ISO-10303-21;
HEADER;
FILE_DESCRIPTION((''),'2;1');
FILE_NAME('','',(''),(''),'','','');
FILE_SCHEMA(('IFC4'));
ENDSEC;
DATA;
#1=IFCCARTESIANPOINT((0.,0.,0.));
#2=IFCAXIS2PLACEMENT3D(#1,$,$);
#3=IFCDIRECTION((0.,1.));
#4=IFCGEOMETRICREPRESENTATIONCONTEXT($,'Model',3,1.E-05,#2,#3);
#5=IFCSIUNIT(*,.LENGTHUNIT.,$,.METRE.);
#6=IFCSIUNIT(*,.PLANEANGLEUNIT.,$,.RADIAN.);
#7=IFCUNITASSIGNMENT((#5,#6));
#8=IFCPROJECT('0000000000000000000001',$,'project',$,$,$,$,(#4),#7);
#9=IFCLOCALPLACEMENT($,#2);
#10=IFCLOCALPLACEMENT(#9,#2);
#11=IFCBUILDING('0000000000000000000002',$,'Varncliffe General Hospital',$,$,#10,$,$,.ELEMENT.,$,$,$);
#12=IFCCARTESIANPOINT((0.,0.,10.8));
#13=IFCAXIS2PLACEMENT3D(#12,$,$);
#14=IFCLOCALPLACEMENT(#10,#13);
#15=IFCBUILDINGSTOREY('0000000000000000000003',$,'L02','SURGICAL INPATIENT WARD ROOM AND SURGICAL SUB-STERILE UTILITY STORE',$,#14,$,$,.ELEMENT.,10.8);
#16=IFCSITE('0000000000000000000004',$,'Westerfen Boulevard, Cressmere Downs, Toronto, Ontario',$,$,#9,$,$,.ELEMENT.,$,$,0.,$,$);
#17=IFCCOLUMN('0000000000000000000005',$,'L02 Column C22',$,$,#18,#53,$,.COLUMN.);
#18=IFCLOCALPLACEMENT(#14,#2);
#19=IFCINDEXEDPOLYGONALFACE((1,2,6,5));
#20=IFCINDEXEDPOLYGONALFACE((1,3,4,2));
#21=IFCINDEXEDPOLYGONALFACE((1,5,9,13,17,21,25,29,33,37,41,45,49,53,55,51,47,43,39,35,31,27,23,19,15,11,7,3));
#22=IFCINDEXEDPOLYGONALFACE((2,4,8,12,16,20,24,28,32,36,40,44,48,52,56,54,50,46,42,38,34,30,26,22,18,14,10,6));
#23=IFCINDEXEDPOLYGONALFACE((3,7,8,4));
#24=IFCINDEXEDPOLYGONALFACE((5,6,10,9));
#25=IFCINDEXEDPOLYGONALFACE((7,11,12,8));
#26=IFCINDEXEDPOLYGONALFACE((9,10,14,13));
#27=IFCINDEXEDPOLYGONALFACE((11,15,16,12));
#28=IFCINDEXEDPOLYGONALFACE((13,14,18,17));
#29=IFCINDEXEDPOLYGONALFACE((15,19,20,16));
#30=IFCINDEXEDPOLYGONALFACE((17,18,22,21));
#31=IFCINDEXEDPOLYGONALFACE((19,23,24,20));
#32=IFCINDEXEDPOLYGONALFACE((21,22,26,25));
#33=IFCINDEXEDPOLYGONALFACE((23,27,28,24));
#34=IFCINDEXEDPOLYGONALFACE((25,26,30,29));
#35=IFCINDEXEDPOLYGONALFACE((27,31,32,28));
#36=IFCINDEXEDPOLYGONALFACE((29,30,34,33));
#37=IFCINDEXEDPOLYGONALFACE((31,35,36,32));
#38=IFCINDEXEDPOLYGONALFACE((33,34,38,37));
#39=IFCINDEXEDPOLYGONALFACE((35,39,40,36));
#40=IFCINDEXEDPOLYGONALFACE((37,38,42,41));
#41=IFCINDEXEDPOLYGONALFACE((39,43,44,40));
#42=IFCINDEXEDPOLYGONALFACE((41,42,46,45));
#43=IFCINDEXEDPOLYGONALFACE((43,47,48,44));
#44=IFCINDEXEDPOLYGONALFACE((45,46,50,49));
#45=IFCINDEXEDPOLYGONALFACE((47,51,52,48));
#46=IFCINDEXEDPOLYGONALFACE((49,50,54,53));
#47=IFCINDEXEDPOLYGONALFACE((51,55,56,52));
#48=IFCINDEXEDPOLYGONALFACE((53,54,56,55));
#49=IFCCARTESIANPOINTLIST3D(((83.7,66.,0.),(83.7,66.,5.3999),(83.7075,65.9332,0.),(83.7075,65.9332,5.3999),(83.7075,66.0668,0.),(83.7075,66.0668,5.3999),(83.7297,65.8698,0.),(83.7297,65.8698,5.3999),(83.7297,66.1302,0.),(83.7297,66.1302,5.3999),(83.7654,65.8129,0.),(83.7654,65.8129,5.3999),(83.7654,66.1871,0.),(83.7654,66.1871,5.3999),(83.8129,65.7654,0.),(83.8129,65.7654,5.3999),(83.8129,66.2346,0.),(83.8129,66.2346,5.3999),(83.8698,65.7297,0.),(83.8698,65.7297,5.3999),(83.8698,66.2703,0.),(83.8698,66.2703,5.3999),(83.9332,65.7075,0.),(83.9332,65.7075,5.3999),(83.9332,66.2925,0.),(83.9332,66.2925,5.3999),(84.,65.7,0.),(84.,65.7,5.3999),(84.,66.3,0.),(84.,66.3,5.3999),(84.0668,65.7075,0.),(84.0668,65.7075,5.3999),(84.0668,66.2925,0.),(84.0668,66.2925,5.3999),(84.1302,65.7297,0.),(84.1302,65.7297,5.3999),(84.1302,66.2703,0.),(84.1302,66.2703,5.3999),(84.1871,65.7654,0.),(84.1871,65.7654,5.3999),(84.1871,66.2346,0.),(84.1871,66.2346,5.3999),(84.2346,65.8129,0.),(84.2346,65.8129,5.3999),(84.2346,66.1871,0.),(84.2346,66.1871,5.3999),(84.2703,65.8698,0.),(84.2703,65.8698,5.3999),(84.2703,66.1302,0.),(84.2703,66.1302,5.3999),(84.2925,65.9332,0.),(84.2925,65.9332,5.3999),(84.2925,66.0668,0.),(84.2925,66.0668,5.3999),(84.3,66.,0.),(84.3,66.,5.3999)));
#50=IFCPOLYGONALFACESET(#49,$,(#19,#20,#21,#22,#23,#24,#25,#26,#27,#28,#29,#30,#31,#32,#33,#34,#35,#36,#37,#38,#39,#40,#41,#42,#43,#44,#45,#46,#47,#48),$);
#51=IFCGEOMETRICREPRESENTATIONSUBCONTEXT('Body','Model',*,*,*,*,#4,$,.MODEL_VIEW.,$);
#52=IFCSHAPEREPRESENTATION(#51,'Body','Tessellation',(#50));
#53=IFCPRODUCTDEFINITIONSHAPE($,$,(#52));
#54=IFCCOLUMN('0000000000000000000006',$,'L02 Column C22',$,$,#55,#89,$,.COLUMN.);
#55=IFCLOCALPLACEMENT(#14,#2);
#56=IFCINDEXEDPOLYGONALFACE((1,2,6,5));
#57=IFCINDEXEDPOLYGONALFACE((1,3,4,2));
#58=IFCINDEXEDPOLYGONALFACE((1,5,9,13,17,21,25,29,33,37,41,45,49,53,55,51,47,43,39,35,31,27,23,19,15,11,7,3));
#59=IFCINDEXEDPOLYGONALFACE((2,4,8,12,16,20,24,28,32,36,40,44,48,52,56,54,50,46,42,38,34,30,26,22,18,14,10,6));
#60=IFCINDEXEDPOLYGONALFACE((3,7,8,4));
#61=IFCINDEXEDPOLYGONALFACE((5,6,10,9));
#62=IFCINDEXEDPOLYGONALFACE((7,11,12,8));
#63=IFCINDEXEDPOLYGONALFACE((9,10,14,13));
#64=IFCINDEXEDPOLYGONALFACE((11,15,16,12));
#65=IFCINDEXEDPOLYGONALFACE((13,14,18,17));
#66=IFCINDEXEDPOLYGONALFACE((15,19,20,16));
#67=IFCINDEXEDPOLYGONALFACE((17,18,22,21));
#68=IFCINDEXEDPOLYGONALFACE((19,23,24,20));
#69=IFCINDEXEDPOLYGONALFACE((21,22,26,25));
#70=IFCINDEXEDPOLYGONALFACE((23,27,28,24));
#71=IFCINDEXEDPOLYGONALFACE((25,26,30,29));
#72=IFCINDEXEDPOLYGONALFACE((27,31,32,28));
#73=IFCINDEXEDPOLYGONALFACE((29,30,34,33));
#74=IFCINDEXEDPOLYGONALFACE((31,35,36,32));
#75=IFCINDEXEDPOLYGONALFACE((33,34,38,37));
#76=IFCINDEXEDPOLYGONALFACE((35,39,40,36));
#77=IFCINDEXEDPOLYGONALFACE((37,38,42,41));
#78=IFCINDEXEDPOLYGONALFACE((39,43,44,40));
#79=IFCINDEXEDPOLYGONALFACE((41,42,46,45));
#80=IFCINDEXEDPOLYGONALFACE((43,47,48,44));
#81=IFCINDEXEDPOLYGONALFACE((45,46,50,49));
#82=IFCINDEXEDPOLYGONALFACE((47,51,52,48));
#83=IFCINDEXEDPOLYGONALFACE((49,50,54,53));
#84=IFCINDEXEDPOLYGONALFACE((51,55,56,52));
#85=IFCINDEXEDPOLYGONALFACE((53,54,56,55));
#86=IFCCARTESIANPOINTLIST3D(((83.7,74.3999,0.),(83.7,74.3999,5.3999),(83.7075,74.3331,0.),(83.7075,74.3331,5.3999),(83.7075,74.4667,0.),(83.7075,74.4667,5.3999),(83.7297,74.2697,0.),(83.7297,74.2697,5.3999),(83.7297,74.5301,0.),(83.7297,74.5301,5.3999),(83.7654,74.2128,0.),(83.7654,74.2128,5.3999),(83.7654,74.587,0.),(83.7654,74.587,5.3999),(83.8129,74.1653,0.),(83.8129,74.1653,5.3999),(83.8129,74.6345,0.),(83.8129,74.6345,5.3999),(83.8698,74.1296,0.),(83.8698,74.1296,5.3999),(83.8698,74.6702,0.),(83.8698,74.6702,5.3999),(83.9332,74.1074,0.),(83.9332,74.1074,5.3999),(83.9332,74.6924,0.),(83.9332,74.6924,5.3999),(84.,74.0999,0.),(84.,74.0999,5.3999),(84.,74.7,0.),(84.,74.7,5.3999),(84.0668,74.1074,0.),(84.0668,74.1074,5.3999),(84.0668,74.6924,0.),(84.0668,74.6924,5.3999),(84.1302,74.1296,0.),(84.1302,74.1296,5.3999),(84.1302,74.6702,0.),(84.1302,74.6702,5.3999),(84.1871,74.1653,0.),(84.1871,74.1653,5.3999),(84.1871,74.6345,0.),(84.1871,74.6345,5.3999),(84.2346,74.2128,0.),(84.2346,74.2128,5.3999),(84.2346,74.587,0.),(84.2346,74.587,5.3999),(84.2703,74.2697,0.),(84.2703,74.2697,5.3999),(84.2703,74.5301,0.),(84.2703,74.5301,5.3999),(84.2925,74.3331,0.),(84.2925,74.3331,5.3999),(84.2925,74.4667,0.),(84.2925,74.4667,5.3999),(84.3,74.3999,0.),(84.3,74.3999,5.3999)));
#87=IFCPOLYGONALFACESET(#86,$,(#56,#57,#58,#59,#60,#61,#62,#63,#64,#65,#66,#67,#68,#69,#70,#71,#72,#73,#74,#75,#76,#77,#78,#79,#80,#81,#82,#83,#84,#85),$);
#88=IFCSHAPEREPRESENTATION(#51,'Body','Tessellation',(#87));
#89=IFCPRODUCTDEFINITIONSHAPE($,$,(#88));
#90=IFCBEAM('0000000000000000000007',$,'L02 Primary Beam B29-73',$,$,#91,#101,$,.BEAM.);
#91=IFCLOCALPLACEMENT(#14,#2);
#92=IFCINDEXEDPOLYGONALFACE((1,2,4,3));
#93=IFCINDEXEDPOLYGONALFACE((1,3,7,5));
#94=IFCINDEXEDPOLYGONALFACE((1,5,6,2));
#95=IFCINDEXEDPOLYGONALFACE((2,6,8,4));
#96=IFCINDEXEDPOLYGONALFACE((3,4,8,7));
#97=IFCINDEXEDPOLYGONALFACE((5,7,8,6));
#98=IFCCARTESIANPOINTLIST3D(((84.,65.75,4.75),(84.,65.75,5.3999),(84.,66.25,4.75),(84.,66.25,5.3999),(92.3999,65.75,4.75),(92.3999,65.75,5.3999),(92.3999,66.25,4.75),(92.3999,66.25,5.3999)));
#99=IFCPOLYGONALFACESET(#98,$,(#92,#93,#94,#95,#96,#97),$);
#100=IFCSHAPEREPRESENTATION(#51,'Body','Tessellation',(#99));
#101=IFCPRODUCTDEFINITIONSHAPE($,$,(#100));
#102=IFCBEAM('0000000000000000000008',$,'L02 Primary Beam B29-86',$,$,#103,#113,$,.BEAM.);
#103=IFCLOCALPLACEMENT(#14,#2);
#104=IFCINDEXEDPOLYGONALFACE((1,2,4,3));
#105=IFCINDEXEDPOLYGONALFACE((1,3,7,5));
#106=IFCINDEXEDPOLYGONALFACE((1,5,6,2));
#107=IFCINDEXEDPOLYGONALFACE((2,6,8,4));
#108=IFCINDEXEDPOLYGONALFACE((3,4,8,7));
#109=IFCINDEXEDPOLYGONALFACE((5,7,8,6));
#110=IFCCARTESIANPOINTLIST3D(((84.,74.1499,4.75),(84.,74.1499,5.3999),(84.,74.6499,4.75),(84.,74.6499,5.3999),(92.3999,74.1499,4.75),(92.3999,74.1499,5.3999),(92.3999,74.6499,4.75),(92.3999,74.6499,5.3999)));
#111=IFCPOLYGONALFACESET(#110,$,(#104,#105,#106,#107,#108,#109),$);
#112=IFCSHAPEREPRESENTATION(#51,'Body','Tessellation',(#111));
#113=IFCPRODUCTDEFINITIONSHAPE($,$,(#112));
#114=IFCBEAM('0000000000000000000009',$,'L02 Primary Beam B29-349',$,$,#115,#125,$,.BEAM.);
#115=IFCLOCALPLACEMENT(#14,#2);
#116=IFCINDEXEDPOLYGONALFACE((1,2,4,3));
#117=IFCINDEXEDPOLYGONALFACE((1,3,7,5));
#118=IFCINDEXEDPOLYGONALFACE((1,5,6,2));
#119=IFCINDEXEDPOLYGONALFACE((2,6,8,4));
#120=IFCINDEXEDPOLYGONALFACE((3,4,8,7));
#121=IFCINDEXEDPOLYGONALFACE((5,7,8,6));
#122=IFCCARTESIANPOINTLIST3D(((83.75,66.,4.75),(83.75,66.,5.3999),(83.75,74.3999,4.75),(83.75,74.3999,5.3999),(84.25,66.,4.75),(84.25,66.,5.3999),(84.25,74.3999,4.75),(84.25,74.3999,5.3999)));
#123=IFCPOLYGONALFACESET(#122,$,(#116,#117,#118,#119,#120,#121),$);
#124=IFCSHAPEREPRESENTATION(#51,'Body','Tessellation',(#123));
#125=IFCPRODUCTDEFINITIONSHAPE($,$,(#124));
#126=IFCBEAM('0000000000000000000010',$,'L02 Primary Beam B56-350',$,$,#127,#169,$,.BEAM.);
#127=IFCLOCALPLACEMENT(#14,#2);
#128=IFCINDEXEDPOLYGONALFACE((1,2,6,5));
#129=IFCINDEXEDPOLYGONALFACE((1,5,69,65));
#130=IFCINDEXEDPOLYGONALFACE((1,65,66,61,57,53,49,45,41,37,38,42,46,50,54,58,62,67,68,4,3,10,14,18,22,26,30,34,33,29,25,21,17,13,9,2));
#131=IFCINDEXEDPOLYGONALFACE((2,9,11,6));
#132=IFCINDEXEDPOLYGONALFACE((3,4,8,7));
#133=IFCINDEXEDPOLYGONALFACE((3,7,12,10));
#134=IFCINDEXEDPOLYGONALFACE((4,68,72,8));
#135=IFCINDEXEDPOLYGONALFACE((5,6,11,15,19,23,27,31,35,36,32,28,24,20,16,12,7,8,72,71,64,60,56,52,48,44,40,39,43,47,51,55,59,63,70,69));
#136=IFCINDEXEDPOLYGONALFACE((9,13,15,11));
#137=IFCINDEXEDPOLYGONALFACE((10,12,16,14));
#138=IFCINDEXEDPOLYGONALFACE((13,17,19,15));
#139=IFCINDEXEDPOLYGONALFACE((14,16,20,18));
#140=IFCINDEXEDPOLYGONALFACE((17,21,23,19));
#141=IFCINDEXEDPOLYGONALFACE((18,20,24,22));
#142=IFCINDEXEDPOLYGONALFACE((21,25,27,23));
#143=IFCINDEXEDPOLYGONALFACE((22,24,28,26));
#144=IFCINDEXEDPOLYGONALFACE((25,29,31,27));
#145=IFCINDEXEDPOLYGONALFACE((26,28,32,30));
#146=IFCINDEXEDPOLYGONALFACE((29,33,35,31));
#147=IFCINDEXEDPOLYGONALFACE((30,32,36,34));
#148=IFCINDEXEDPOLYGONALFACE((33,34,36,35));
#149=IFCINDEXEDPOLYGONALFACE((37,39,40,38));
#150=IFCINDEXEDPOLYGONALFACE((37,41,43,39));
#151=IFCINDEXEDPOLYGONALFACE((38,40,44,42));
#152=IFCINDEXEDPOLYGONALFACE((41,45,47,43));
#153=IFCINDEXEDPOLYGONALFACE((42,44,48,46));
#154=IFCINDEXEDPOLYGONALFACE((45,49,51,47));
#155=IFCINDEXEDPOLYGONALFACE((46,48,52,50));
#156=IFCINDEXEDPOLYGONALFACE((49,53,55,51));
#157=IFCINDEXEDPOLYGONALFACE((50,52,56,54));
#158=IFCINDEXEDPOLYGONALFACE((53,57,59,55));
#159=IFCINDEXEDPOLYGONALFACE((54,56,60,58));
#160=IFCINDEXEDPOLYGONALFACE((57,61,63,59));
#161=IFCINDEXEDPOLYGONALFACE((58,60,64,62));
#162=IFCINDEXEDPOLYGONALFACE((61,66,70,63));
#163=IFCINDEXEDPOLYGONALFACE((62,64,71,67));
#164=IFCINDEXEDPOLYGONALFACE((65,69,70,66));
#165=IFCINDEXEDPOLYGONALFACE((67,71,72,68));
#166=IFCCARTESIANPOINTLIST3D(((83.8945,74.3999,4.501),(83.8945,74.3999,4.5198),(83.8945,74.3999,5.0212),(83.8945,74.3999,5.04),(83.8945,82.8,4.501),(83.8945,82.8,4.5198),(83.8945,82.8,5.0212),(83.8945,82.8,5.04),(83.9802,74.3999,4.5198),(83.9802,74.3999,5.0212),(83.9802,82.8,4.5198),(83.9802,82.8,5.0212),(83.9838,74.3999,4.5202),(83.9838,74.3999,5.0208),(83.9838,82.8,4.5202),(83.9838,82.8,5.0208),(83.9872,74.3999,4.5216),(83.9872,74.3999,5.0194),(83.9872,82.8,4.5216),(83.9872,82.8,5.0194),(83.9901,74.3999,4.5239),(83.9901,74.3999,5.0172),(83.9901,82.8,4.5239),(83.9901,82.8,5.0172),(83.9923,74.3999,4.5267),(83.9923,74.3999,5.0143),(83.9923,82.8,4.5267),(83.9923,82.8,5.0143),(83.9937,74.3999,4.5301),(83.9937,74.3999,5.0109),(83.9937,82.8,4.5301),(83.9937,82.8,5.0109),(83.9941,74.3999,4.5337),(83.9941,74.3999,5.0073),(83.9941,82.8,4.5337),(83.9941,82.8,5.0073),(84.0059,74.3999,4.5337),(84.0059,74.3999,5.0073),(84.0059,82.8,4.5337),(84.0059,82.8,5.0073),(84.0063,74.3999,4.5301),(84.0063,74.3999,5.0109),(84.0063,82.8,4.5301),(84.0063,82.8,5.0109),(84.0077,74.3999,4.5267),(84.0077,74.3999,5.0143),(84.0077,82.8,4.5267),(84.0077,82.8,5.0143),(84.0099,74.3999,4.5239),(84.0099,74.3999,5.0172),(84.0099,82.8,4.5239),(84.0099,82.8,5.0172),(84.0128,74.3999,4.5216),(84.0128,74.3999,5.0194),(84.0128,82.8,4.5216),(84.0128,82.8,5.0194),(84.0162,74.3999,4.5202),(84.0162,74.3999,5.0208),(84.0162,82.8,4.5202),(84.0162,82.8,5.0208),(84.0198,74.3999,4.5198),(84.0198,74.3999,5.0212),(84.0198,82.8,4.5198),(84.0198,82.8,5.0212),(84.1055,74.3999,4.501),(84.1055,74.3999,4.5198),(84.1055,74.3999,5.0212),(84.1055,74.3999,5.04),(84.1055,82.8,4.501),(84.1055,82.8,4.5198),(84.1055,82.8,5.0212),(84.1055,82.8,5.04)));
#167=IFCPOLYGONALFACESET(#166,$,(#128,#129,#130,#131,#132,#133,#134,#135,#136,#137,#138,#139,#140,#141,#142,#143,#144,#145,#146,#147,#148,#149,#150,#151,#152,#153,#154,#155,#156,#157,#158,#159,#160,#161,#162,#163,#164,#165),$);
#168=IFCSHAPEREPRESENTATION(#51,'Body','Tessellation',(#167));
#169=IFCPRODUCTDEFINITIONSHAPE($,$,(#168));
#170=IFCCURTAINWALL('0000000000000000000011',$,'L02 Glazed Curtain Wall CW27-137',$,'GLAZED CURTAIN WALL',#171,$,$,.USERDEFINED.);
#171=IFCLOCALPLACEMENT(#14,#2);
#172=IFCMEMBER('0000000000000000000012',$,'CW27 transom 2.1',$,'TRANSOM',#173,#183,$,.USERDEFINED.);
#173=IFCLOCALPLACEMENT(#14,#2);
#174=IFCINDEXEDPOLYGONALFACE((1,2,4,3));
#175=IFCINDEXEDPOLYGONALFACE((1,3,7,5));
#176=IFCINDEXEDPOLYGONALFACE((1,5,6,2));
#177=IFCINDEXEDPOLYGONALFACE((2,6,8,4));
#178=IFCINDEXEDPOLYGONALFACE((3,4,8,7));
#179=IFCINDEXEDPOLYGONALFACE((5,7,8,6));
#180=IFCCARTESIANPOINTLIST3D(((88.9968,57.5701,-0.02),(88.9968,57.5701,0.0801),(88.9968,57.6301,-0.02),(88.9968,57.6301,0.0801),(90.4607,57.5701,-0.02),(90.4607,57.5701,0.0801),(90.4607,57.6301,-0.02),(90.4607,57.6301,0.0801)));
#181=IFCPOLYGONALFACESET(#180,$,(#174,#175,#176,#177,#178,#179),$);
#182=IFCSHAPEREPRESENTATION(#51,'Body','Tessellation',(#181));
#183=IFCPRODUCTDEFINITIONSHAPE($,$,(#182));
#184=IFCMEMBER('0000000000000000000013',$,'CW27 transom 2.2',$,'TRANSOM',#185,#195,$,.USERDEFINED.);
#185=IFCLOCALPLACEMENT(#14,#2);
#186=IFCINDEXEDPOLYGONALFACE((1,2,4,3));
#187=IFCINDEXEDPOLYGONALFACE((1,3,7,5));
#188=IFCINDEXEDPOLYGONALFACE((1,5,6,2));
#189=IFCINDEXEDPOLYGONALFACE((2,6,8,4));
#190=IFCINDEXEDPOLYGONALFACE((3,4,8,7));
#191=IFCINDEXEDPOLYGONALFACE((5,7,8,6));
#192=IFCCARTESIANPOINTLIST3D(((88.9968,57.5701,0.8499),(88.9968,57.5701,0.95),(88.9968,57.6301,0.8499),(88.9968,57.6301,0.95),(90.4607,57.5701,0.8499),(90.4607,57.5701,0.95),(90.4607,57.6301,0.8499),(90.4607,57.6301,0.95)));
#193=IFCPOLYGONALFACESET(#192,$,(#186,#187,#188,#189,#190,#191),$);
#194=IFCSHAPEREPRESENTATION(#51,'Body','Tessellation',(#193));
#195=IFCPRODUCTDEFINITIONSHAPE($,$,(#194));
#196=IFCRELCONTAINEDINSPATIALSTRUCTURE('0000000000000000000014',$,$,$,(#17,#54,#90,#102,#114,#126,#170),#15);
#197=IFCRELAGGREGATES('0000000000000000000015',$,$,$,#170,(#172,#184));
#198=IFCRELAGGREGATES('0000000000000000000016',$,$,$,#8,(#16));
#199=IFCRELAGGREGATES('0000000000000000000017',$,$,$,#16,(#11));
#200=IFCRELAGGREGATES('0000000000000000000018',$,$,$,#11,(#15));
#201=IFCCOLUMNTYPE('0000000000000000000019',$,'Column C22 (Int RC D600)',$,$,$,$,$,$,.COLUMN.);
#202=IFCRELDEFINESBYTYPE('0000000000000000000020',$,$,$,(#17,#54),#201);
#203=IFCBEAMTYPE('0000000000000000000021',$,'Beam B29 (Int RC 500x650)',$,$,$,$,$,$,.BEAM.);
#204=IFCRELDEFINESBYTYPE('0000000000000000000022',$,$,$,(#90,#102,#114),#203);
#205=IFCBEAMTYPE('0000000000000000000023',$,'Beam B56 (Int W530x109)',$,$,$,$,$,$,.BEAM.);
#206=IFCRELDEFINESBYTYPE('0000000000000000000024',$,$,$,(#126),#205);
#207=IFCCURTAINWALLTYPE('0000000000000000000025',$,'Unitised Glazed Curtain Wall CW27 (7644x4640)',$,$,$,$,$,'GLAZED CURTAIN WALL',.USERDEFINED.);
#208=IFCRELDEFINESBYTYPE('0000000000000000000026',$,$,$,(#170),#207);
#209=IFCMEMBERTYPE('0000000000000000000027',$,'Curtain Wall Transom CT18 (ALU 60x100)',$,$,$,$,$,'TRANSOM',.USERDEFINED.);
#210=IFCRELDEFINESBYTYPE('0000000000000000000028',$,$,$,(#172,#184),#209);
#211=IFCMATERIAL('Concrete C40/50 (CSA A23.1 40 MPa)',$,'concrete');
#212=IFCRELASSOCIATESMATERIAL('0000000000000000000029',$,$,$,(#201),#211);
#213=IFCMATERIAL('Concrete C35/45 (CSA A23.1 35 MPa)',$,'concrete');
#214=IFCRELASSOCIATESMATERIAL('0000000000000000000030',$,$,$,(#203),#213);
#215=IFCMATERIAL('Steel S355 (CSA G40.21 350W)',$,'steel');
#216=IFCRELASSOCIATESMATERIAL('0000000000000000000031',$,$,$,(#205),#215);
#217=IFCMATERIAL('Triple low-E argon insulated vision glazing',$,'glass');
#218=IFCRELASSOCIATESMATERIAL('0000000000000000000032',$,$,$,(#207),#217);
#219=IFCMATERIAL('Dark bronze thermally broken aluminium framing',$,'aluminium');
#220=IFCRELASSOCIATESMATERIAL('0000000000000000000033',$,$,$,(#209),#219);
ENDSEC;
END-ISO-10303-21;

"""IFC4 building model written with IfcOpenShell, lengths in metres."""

from ifc_helpers import new_model, si_unit, direction, frame, origin, origin_2d, place, context, subcontext, project, spatial, rectangle, circle, i_section, extrude, material, material_profile, profile_set, type_object, element, aggregate, save


model = new_model("IFC4")

# Units and contexts
model_context = context("Model", 3, precision=1e-05, world=origin(), true_north=direction((0.0, 1.0)))
body_context = subcontext(model_context, "Body", "Model", "MODEL_VIEW")
ifc_project = project(units=[si_unit("LENGTHUNIT", "METRE"), si_unit("PLANEANGLEUNIT", "RADIAN")], contexts=[model_context])

# Site, building, storey
site_placement = place(None, origin())
site = spatial("IfcSite", under=ifc_project, at=site_placement, Name="Westerfen Boulevard, Cressmere Downs, Toronto, Ontario", CompositionType="ELEMENT", RefElevation=0.0)
building_placement = place(site_placement, origin())
building = spatial("IfcBuilding", under=site, at=building_placement, Name="Varncliffe General Hospital", CompositionType="ELEMENT")
storey_placement = place(building_placement, frame((0.0, 0.0, 10.8)))
storey = spatial("IfcBuildingStorey", under=building, at=storey_placement, Name="L02", Description="SURGICAL INPATIENT WARD ROOM AND SURGICAL SUB-STERILE UTILITY STORE", CompositionType="ELEMENT", Elevation=10.8)

# Columns
ifc_material_1 = material(Name="Concrete C40/50 (CSA A23.1 40 MPa)", Category="concrete")
ifc_material_profile_1 = material_profile(ifc_material_1, circle(Radius=0.3, at=origin_2d()), Name="RC D600")
ifc_profile_set_1 = profile_set([ifc_material_profile_1], Name="Concrete C40/50 (CSA A23.1 40 MPa)")
column_type = type_object("IfcColumnType", Name="Column C22 (Int RC D600)", PredefinedType="COLUMN", material=ifc_profile_set_1)
for number, where, z_axis, x_axis, name in (
    (1, (84.0, 66.0, 0.0), (0.0, 0.0, 1.0), (1.0, 0.0, 0.0), "L02 Column C22"),
    (2, (84.0, 74.3999, 0.0), (0.0, 0.0, 1.0), (1.0, 0.0, 0.0), "L02 Column C22"),
):
    element("IfcColumn", number, at=place(storey_placement, frame(where, z_axis=z_axis, x_axis=x_axis)), inside=storey, type_object=column_type, Name=name, PredefinedType="COLUMN", context=body_context, shape_type="SweptSolid", body=[
        extrude(circle(Radius=0.3, at=origin_2d()), origin(), (0.0, 0.0, 1.0), 5.3999),
    ])

# Beams
ifc_material_2 = material(Name="Concrete C35/45 (CSA A23.1 35 MPa)", Category="concrete")
ifc_material_profile_2 = material_profile(ifc_material_2, rectangle(XDim=0.5, YDim=0.6499, at=origin_2d()), Name="RC 500x650")
ifc_profile_set_2 = profile_set([ifc_material_profile_2], Name="Concrete C35/45 (CSA A23.1 35 MPa)")
beam_type_1 = type_object("IfcBeamType", Name="Beam B29 (Int RC 500x650)", PredefinedType="BEAM", material=ifc_profile_set_2)
for number, where, z_axis, x_axis, name in (
    (3, (84.0, 66.0, 5.075), (1.0, 0.0, 0.0), (0.0, 1.0, 0.0), "L02 Primary Beam B29-73"),
    (4, (84.0, 74.3999, 5.075), (1.0, 0.0, 0.0), (0.0, 1.0, 0.0), "L02 Primary Beam B29-86"),
    (5, (84.0, 66.0, 5.075), (0.0, 1.0, 0.0), (-1.0, 0.0, 0.0), "L02 Primary Beam B29-349"),
):
    element("IfcBeam", number, at=place(storey_placement, frame(where, z_axis=z_axis, x_axis=x_axis)), inside=storey, type_object=beam_type_1, Name=name, PredefinedType="BEAM", context=body_context, shape_type="SweptSolid", body=[
        extrude(rectangle(XDim=0.5, YDim=0.6499, at=origin_2d()), origin(), (0.0, 0.0, 1.0), 8.3999),
    ])
ifc_material_3 = material(Name="Steel S355 (CSA G40.21 350W)", Category="steel")
ifc_material_profile_3 = material_profile(ifc_material_3, i_section(OverallWidth=0.2109, OverallDepth=0.5391, WebThickness=0.0117, FlangeThickness=0.0188, FilletRadius=0.0139, at=origin_2d()), Name="W530x109")
ifc_profile_set_3 = profile_set([ifc_material_profile_3], Name="Steel S355 (CSA G40.21 350W)")
beam_type_2 = type_object("IfcBeamType", Name="Beam B56 (Int W530x109)", PredefinedType="BEAM", material=ifc_profile_set_3)
beam_placement = place(storey_placement, frame((84.0, 74.3999, 4.7705), z_axis=(0.0, 1.0, 0.0), x_axis=(-1.0, 0.0, 0.0)))
element("IfcBeam", 6, at=beam_placement, inside=storey, type_object=beam_type_2, Name="L02 Primary Beam B56-350", PredefinedType="BEAM", context=body_context, shape_type="SweptSolid", body=[
    extrude(i_section(OverallWidth=0.2109, OverallDepth=0.5391, WebThickness=0.0117, FlangeThickness=0.0188, FilletRadius=0.0139, at=origin_2d()), origin(), (0.0, 0.0, 1.0), 8.4001),
])

# Curtain wall, members
ifc_material_4 = material(Name="Triple low-E argon insulated vision glazing", Category="glass")
curtain_wall_type = type_object("IfcCurtainWallType", Name="Unitised Glazed Curtain Wall CW27 (7644x4640)", ElementType="GLAZED CURTAIN WALL", PredefinedType="USERDEFINED", material=ifc_material_4)
curtain_wall_placement = place(storey_placement, origin())
curtain_wall = element("IfcCurtainWall", 7, at=curtain_wall_placement, inside=storey, type_object=curtain_wall_type, Name="L02 Glazed Curtain Wall CW27-137", ObjectType="GLAZED CURTAIN WALL", PredefinedType="USERDEFINED")
ifc_material_5 = material(Name="Dark bronze thermally broken aluminium framing", Category="aluminium")
ifc_material_profile_4 = material_profile(ifc_material_5, rectangle(XDim=0.0601, YDim=0.1001, at=origin_2d()), Name="ALU 60x100")
ifc_profile_set_4 = profile_set([ifc_material_profile_4], Name="Dark bronze thermally broken aluminium framing")
member_type = type_object("IfcMemberType", Name="Curtain Wall Transom CT18 (ALU 60x100)", ElementType="TRANSOM", PredefinedType="USERDEFINED", material=ifc_profile_set_4)
member_1_placement = place(storey_placement, frame((90.4607, 57.6001, 0.03), z_axis=(-1.0, 0.0, 0.0), x_axis=(0.0, -1.0, 0.0)))
member_1 = element("IfcMember", 8, at=member_1_placement, type_object=member_type, Name="CW27 transom 2.1", ObjectType="TRANSOM", PredefinedType="USERDEFINED", context=body_context, shape_type="SweptSolid", body=[
    extrude(rectangle(XDim=0.0601, YDim=0.1001, at=origin_2d()), origin(), (0.0, 0.0, 1.0), 1.4639),
])
member_2_placement = place(storey_placement, frame((90.4607, 57.6001, 0.8999), z_axis=(-1.0, 0.0, 0.0), x_axis=(0.0, -1.0, 0.0)))
member_2 = element("IfcMember", 9, at=member_2_placement, type_object=member_type, Name="CW27 transom 2.2", ObjectType="TRANSOM", PredefinedType="USERDEFINED", context=body_context, shape_type="SweptSolid", body=[
    extrude(rectangle(XDim=0.0601, YDim=0.1001, at=origin_2d()), origin(), (0.0, 0.0, 1.0), 1.4639),
])

aggregate(curtain_wall, [member_1, member_2])

save(model, "model.ifc")
